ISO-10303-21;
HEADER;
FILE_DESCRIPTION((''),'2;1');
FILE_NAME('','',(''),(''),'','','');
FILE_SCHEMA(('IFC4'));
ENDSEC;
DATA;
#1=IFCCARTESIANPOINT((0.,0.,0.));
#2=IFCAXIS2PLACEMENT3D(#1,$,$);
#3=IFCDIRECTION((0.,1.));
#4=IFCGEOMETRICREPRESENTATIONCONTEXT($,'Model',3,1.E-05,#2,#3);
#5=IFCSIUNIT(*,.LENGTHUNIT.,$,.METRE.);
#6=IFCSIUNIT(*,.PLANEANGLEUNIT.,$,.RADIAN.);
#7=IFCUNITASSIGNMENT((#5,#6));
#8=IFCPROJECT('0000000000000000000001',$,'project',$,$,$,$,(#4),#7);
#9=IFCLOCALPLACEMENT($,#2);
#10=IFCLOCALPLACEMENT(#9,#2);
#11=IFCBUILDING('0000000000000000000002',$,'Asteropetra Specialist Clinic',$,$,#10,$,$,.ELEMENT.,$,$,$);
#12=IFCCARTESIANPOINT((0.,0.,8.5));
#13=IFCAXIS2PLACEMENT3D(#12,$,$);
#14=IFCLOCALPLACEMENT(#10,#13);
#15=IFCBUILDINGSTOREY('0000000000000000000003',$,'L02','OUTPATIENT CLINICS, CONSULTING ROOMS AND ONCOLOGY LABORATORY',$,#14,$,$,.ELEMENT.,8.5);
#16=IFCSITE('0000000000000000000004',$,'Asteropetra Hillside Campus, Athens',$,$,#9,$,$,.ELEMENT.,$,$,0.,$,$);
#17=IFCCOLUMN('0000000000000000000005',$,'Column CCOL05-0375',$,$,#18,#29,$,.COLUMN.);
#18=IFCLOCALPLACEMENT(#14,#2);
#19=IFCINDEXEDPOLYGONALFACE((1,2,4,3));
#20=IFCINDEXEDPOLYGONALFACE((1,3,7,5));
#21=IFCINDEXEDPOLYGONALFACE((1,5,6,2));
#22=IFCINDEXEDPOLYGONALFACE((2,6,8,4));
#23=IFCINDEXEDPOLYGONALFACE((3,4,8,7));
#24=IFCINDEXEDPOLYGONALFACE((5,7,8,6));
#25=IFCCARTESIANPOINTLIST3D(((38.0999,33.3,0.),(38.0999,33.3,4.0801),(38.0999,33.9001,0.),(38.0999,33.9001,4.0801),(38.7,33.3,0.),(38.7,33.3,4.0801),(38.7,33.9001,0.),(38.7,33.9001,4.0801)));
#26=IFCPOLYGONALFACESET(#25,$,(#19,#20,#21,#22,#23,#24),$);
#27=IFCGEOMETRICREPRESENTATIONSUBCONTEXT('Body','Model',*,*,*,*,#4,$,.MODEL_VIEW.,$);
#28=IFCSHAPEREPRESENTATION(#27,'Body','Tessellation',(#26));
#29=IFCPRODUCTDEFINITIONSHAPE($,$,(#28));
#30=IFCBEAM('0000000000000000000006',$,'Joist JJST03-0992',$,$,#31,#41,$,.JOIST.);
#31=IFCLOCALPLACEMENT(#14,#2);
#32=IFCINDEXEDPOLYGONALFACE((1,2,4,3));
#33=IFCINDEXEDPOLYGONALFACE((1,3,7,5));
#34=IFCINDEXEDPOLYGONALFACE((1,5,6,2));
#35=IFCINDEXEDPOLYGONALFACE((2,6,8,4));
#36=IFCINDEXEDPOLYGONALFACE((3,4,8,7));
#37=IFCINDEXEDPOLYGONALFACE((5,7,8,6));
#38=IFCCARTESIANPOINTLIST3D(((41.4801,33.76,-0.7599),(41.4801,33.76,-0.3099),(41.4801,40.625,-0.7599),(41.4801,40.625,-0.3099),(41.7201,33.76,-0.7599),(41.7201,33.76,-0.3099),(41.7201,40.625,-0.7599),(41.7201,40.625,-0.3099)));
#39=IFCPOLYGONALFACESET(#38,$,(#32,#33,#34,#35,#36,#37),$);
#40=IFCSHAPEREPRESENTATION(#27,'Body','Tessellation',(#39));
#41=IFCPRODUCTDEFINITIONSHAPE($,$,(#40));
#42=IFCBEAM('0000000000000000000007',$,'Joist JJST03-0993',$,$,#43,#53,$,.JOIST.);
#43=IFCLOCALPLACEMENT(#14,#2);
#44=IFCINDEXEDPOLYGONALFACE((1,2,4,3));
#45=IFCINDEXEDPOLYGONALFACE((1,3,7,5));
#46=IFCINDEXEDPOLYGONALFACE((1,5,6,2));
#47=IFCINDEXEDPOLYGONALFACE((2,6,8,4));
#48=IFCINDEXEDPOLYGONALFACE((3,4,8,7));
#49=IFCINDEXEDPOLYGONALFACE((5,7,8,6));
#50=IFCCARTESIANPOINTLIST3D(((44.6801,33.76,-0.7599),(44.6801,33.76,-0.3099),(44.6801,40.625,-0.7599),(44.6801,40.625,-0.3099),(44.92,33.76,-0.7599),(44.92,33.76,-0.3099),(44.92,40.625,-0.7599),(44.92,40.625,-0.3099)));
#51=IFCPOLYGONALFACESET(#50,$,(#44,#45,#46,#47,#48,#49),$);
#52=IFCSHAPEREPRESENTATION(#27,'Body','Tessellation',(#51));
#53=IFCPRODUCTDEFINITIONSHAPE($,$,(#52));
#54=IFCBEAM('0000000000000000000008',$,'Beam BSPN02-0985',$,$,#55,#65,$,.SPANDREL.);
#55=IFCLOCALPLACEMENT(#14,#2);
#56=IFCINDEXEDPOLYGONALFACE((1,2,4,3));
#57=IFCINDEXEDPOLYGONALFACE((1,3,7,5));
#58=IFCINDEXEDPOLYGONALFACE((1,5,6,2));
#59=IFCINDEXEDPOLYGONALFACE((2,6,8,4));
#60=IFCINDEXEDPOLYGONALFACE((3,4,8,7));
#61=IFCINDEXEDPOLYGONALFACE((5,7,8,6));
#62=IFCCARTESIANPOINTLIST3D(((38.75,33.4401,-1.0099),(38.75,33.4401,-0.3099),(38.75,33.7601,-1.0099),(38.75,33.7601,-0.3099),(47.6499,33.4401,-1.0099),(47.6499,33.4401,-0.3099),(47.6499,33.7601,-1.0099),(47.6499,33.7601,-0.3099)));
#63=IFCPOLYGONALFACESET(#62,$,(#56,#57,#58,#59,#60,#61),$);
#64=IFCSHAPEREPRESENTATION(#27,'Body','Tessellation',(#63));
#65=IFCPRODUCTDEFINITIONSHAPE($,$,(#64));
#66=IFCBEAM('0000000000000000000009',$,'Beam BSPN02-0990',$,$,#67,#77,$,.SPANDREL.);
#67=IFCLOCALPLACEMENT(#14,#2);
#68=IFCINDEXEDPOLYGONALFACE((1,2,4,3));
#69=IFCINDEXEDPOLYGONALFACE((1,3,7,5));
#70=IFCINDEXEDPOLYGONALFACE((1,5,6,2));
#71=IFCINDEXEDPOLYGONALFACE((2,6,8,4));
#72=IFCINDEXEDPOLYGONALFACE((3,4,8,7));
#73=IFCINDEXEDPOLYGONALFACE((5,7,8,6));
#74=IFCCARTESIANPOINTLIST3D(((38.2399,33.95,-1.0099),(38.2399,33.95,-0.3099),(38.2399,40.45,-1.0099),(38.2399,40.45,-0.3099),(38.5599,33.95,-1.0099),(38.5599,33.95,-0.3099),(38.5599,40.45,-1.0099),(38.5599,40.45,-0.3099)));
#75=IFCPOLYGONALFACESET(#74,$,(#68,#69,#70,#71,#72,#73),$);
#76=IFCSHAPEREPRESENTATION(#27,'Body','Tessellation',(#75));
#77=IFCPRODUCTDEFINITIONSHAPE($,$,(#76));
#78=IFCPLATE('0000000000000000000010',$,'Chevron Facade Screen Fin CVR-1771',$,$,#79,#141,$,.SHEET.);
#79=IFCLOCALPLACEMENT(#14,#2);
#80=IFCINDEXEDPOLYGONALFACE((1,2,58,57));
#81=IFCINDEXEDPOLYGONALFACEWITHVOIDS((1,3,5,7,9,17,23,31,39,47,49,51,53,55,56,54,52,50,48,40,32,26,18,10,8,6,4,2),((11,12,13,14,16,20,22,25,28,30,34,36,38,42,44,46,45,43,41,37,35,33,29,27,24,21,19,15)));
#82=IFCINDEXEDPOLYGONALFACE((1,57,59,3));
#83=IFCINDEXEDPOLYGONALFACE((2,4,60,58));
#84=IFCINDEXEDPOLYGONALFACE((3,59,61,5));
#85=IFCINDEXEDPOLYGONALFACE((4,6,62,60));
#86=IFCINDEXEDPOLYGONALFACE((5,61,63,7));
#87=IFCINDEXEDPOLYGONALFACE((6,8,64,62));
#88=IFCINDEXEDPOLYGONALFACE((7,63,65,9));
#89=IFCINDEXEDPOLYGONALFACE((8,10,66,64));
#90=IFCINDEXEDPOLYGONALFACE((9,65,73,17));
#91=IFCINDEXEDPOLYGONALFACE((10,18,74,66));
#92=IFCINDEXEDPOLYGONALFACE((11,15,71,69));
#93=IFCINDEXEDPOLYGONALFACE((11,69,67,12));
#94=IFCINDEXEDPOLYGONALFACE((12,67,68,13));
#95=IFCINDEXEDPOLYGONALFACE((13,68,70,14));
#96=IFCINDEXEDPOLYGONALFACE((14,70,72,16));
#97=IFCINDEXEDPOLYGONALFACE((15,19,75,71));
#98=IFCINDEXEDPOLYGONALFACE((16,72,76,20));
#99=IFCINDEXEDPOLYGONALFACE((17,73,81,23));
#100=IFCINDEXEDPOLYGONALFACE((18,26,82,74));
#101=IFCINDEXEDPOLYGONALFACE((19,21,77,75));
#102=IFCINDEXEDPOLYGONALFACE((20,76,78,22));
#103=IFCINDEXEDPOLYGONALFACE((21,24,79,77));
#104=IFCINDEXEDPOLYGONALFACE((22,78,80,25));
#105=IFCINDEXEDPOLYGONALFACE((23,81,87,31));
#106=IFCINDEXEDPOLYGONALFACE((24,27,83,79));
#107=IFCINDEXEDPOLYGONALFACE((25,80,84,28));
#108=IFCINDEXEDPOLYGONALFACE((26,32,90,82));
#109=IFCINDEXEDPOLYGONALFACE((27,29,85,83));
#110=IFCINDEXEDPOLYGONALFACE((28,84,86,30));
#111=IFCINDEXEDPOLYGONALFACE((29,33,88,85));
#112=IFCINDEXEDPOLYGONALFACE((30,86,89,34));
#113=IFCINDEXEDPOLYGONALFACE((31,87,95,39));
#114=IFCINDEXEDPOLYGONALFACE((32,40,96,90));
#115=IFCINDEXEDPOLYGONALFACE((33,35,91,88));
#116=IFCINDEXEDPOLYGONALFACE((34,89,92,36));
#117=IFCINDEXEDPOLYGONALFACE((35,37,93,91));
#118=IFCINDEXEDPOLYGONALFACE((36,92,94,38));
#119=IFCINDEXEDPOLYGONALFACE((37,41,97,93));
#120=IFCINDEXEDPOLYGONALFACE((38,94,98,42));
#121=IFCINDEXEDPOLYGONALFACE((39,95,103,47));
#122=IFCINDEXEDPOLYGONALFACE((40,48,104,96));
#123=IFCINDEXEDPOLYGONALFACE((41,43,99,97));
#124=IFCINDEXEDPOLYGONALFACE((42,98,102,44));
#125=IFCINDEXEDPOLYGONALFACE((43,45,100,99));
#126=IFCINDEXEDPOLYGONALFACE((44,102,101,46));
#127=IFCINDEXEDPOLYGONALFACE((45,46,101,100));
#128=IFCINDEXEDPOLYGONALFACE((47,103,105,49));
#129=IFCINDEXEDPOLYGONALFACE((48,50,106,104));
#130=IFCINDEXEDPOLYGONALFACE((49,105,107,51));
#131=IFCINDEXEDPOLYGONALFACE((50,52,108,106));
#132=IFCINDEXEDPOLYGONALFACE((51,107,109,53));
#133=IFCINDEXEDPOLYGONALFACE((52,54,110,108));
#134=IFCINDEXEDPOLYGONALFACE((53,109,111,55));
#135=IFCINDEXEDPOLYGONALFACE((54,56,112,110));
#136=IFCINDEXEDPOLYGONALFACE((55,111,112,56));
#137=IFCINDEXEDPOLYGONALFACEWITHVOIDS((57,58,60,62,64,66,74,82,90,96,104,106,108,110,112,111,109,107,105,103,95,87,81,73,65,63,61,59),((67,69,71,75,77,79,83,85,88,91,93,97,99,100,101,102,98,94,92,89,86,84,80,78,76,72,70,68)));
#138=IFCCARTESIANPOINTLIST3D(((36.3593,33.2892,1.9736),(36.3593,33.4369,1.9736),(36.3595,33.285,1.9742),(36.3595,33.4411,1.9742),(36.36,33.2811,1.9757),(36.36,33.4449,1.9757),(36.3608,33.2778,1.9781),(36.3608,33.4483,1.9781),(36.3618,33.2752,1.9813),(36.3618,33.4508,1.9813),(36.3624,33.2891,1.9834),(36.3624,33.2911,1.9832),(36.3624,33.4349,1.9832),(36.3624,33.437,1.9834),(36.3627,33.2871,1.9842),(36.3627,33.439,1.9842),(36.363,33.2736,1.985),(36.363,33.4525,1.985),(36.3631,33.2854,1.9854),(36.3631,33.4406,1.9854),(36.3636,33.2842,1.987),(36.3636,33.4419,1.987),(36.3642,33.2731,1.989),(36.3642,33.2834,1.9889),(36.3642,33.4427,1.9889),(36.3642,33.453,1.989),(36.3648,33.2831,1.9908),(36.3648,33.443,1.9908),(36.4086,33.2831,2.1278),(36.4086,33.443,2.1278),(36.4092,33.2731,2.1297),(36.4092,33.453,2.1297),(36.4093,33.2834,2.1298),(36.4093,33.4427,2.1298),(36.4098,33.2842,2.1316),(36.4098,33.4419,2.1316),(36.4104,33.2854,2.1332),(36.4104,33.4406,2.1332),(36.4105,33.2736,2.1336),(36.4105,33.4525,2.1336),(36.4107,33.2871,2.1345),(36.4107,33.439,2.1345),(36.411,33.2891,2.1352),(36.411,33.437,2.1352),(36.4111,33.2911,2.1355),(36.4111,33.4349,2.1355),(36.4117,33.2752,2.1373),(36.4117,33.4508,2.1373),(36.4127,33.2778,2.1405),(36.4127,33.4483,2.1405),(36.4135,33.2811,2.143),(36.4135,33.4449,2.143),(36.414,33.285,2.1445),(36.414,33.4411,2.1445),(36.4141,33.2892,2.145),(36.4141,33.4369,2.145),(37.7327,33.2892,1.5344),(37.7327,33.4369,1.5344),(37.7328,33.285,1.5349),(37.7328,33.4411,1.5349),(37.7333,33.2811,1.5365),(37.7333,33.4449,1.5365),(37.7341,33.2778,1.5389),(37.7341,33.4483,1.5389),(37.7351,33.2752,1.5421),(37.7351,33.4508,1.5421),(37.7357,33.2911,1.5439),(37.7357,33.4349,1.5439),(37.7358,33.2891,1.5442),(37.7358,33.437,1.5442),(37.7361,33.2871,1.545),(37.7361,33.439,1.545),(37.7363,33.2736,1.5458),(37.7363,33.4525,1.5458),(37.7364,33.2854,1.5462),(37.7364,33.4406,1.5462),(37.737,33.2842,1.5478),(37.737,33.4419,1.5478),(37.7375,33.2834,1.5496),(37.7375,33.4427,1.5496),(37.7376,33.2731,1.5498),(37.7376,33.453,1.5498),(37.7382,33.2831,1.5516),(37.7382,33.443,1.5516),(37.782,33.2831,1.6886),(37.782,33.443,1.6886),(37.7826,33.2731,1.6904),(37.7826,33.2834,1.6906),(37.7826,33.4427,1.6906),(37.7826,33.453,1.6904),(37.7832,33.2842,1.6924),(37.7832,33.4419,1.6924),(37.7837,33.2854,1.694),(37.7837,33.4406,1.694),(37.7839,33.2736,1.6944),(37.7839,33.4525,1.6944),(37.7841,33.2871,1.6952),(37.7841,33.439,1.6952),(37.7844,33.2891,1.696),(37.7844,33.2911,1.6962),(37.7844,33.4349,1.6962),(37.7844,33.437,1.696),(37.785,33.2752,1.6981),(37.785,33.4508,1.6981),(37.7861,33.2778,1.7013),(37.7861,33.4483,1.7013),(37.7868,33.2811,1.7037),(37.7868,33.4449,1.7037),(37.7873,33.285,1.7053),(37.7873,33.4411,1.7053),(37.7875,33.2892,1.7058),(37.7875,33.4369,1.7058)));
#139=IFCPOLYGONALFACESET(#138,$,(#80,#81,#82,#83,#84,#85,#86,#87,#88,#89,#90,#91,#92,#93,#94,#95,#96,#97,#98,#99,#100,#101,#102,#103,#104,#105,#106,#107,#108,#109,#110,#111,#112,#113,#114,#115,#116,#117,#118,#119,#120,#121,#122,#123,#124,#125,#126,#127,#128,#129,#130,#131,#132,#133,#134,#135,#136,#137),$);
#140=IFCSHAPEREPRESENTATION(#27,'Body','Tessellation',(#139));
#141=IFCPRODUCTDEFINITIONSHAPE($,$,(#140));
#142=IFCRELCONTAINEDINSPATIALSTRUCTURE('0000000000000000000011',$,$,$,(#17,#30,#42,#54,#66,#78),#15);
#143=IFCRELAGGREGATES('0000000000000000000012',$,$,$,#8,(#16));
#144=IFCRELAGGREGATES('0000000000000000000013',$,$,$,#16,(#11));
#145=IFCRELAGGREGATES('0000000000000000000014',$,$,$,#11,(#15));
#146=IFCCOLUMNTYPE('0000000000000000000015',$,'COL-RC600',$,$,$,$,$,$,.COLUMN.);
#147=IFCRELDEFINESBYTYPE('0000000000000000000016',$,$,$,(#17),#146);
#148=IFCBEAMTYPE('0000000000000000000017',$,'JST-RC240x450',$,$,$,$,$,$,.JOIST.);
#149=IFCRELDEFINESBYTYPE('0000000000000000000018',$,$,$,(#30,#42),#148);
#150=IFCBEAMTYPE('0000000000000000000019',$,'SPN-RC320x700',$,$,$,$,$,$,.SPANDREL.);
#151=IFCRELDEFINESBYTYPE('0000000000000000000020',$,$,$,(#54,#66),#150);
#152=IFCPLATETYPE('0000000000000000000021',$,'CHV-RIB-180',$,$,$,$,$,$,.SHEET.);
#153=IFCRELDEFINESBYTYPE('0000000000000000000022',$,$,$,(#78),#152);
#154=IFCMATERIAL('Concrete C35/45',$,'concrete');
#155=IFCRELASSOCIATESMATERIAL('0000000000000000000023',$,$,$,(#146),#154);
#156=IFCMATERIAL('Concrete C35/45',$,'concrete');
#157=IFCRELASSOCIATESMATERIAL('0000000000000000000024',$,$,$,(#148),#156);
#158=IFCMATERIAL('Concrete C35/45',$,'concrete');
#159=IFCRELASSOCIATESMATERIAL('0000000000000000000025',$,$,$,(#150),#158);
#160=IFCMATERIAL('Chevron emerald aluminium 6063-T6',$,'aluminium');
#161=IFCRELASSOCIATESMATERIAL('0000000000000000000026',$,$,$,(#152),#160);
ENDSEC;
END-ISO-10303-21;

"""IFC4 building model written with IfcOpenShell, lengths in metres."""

from ifc_helpers import new_model, si_unit, direction, frame, origin, origin_2d, place, context, subcontext, project, spatial, rectangle, hollow_rectangle, extrude, material, material_profile, profile_set, type_object, element, save


model = new_model("IFC4")

# Units and contexts
model_context = context("Model", 3, precision=1e-05, world=origin(), true_north=direction((0.0, 1.0)))
body_context = subcontext(model_context, "Body", "Model", "MODEL_VIEW")
ifc_project = project(units=[si_unit("LENGTHUNIT", "METRE"), si_unit("PLANEANGLEUNIT", "RADIAN")], contexts=[model_context])

# Site, building, storey
site_placement = place(None, origin())
site = spatial("IfcSite", under=ifc_project, at=site_placement, Name="Asteropetra Hillside Campus, Athens", CompositionType="ELEMENT", RefElevation=0.0)
building_placement = place(site_placement, origin())
building = spatial("IfcBuilding", under=site, at=building_placement, Name="Asteropetra Specialist Clinic", CompositionType="ELEMENT")
storey_placement = place(building_placement, frame((0.0, 0.0, 8.5)))
storey = spatial("IfcBuildingStorey", under=building, at=storey_placement, Name="L02", Description="OUTPATIENT CLINICS, CONSULTING ROOMS AND ONCOLOGY LABORATORY", CompositionType="ELEMENT", Elevation=8.5)

# Column
ifc_material_1 = material(Name="Concrete C35/45", Category="concrete")
ifc_material_profile_1 = material_profile(ifc_material_1, rectangle(XDim=0.6001, YDim=0.6001, at=origin_2d()), Name="RC 600x600")
ifc_profile_set_1 = profile_set([ifc_material_profile_1], Name="Concrete C35/45")
column_type = type_object("IfcColumnType", Name="COL-RC600", PredefinedType="COLUMN", material=ifc_profile_set_1)
column_placement = place(storey_placement, frame((38.3999, 33.6001, 0.0), z_axis=(0.0, 0.0, 1.0), x_axis=(1.0, 0.0, 0.0)))
element("IfcColumn", 1, at=column_placement, inside=storey, type_object=column_type, Name="Column CCOL05-0375", PredefinedType="COLUMN", context=body_context, shape_type="SweptSolid", body=[
    extrude(rectangle(XDim=0.6001, YDim=0.6001, at=origin_2d()), origin(), (0.0, 0.0, 1.0), 4.0801),
])

# Beams
ifc_material_2 = material(Name="Concrete C35/45", Category="concrete")
ifc_material_profile_2 = material_profile(ifc_material_2, rectangle(XDim=0.24, YDim=0.45, at=origin_2d()), Name="RCJ 240x450")
ifc_profile_set_2 = profile_set([ifc_material_profile_2], Name="Concrete C35/45")
beam_type_1 = type_object("IfcBeamType", Name="JST-RC240x450", PredefinedType="JOIST", material=ifc_profile_set_2)
for number, where, z_axis, x_axis, name in (
    (2, (41.6001, 33.76, -0.5349), (0.0, 1.0, 0.0), (-1.0, 0.0, 0.0), "Joist JJST03-0992"),
    (3, (44.8, 33.76, -0.5349), (0.0, 1.0, 0.0), (-1.0, 0.0, 0.0), "Joist JJST03-0993"),
):
    element("IfcBeam", number, at=place(storey_placement, frame(where, z_axis=z_axis, x_axis=x_axis)), inside=storey, type_object=beam_type_1, Name=name, PredefinedType="JOIST", context=body_context, shape_type="SweptSolid", body=[
        extrude(rectangle(XDim=0.24, YDim=0.45, at=origin_2d()), origin(), (0.0, 0.0, 1.0), 6.865),
    ])
ifc_material_3 = material(Name="Concrete C35/45", Category="concrete")
ifc_material_profile_3 = material_profile(ifc_material_3, rectangle(XDim=0.3201, YDim=0.7, at=origin_2d()), Name="RCS 320x700")
ifc_profile_set_3 = profile_set([ifc_material_profile_3], Name="Concrete C35/45")
beam_type_2 = type_object("IfcBeamType", Name="SPN-RC320x700", PredefinedType="SPANDREL", material=ifc_profile_set_3)
beam_1_placement = place(storey_placement, frame((38.75, 33.6001, -0.6599), z_axis=(1.0, 0.0, 0.0), x_axis=(0.0, 1.0, 0.0)))
element("IfcBeam", 4, at=beam_1_placement, inside=storey, type_object=beam_type_2, Name="Beam BSPN02-0985", PredefinedType="SPANDREL", context=body_context, shape_type="SweptSolid", body=[
    extrude(rectangle(XDim=0.3201, YDim=0.7, at=origin_2d()), origin(), (0.0, 0.0, 1.0), 8.8999),
])
beam_2_placement = place(storey_placement, frame((38.3999, 33.95, -0.6599), z_axis=(0.0, 1.0, 0.0), x_axis=(-1.0, 0.0, 0.0)))
element("IfcBeam", 5, at=beam_2_placement, inside=storey, type_object=beam_type_2, Name="Beam BSPN02-0990", PredefinedType="SPANDREL", context=body_context, shape_type="SweptSolid", body=[
    extrude(rectangle(XDim=0.3201, YDim=0.7, at=origin_2d()), origin(), (0.0, 0.0, 1.0), 6.5),
])

# Plate
ifc_material_4 = material(Name="Chevron emerald aluminium 6063-T6", Category="aluminium")
ifc_material_profile_4 = material_profile(ifc_material_4, hollow_rectangle(XDim=0.1799, YDim=0.1799, WallThickness=0.01, InnerFilletRadius=0.0081, OuterFilletRadius=0.0161, at=origin_2d()), Name="SHS 180x180x10.0")
ifc_profile_set_4 = profile_set([ifc_material_profile_4], Name="Chevron emerald aluminium 6063-T6")
plate_type_1 = type_object("IfcPlateType", Name="CHV-RIB-180", PredefinedType="SHEET", material=ifc_profile_set_4)
for number, where, z_axis, x_axis, name in (
    (6, (36.3867, 33.363, 2.0593), (0.952473, 0.0, -0.304622), (0.0, 1.0, 0.0), "Chevron Facade Screen Fin CVR-1771"),
):
    element("IfcPlate", number, at=place(storey_placement, frame(where, z_axis=z_axis, x_axis=x_axis)), inside=storey, type_object=plate_type_1, Name=name, PredefinedType="SHEET", context=body_context, shape_type="SweptSolid", body=[
        extrude(hollow_rectangle(XDim=0.1799, YDim=0.1799, WallThickness=0.01, InnerFilletRadius=0.0081, OuterFilletRadius=0.0161, at=origin_2d()), origin(), (0.0, 0.0, 1.0), 1.4419),
    ])

save(model, "model.ifc")
